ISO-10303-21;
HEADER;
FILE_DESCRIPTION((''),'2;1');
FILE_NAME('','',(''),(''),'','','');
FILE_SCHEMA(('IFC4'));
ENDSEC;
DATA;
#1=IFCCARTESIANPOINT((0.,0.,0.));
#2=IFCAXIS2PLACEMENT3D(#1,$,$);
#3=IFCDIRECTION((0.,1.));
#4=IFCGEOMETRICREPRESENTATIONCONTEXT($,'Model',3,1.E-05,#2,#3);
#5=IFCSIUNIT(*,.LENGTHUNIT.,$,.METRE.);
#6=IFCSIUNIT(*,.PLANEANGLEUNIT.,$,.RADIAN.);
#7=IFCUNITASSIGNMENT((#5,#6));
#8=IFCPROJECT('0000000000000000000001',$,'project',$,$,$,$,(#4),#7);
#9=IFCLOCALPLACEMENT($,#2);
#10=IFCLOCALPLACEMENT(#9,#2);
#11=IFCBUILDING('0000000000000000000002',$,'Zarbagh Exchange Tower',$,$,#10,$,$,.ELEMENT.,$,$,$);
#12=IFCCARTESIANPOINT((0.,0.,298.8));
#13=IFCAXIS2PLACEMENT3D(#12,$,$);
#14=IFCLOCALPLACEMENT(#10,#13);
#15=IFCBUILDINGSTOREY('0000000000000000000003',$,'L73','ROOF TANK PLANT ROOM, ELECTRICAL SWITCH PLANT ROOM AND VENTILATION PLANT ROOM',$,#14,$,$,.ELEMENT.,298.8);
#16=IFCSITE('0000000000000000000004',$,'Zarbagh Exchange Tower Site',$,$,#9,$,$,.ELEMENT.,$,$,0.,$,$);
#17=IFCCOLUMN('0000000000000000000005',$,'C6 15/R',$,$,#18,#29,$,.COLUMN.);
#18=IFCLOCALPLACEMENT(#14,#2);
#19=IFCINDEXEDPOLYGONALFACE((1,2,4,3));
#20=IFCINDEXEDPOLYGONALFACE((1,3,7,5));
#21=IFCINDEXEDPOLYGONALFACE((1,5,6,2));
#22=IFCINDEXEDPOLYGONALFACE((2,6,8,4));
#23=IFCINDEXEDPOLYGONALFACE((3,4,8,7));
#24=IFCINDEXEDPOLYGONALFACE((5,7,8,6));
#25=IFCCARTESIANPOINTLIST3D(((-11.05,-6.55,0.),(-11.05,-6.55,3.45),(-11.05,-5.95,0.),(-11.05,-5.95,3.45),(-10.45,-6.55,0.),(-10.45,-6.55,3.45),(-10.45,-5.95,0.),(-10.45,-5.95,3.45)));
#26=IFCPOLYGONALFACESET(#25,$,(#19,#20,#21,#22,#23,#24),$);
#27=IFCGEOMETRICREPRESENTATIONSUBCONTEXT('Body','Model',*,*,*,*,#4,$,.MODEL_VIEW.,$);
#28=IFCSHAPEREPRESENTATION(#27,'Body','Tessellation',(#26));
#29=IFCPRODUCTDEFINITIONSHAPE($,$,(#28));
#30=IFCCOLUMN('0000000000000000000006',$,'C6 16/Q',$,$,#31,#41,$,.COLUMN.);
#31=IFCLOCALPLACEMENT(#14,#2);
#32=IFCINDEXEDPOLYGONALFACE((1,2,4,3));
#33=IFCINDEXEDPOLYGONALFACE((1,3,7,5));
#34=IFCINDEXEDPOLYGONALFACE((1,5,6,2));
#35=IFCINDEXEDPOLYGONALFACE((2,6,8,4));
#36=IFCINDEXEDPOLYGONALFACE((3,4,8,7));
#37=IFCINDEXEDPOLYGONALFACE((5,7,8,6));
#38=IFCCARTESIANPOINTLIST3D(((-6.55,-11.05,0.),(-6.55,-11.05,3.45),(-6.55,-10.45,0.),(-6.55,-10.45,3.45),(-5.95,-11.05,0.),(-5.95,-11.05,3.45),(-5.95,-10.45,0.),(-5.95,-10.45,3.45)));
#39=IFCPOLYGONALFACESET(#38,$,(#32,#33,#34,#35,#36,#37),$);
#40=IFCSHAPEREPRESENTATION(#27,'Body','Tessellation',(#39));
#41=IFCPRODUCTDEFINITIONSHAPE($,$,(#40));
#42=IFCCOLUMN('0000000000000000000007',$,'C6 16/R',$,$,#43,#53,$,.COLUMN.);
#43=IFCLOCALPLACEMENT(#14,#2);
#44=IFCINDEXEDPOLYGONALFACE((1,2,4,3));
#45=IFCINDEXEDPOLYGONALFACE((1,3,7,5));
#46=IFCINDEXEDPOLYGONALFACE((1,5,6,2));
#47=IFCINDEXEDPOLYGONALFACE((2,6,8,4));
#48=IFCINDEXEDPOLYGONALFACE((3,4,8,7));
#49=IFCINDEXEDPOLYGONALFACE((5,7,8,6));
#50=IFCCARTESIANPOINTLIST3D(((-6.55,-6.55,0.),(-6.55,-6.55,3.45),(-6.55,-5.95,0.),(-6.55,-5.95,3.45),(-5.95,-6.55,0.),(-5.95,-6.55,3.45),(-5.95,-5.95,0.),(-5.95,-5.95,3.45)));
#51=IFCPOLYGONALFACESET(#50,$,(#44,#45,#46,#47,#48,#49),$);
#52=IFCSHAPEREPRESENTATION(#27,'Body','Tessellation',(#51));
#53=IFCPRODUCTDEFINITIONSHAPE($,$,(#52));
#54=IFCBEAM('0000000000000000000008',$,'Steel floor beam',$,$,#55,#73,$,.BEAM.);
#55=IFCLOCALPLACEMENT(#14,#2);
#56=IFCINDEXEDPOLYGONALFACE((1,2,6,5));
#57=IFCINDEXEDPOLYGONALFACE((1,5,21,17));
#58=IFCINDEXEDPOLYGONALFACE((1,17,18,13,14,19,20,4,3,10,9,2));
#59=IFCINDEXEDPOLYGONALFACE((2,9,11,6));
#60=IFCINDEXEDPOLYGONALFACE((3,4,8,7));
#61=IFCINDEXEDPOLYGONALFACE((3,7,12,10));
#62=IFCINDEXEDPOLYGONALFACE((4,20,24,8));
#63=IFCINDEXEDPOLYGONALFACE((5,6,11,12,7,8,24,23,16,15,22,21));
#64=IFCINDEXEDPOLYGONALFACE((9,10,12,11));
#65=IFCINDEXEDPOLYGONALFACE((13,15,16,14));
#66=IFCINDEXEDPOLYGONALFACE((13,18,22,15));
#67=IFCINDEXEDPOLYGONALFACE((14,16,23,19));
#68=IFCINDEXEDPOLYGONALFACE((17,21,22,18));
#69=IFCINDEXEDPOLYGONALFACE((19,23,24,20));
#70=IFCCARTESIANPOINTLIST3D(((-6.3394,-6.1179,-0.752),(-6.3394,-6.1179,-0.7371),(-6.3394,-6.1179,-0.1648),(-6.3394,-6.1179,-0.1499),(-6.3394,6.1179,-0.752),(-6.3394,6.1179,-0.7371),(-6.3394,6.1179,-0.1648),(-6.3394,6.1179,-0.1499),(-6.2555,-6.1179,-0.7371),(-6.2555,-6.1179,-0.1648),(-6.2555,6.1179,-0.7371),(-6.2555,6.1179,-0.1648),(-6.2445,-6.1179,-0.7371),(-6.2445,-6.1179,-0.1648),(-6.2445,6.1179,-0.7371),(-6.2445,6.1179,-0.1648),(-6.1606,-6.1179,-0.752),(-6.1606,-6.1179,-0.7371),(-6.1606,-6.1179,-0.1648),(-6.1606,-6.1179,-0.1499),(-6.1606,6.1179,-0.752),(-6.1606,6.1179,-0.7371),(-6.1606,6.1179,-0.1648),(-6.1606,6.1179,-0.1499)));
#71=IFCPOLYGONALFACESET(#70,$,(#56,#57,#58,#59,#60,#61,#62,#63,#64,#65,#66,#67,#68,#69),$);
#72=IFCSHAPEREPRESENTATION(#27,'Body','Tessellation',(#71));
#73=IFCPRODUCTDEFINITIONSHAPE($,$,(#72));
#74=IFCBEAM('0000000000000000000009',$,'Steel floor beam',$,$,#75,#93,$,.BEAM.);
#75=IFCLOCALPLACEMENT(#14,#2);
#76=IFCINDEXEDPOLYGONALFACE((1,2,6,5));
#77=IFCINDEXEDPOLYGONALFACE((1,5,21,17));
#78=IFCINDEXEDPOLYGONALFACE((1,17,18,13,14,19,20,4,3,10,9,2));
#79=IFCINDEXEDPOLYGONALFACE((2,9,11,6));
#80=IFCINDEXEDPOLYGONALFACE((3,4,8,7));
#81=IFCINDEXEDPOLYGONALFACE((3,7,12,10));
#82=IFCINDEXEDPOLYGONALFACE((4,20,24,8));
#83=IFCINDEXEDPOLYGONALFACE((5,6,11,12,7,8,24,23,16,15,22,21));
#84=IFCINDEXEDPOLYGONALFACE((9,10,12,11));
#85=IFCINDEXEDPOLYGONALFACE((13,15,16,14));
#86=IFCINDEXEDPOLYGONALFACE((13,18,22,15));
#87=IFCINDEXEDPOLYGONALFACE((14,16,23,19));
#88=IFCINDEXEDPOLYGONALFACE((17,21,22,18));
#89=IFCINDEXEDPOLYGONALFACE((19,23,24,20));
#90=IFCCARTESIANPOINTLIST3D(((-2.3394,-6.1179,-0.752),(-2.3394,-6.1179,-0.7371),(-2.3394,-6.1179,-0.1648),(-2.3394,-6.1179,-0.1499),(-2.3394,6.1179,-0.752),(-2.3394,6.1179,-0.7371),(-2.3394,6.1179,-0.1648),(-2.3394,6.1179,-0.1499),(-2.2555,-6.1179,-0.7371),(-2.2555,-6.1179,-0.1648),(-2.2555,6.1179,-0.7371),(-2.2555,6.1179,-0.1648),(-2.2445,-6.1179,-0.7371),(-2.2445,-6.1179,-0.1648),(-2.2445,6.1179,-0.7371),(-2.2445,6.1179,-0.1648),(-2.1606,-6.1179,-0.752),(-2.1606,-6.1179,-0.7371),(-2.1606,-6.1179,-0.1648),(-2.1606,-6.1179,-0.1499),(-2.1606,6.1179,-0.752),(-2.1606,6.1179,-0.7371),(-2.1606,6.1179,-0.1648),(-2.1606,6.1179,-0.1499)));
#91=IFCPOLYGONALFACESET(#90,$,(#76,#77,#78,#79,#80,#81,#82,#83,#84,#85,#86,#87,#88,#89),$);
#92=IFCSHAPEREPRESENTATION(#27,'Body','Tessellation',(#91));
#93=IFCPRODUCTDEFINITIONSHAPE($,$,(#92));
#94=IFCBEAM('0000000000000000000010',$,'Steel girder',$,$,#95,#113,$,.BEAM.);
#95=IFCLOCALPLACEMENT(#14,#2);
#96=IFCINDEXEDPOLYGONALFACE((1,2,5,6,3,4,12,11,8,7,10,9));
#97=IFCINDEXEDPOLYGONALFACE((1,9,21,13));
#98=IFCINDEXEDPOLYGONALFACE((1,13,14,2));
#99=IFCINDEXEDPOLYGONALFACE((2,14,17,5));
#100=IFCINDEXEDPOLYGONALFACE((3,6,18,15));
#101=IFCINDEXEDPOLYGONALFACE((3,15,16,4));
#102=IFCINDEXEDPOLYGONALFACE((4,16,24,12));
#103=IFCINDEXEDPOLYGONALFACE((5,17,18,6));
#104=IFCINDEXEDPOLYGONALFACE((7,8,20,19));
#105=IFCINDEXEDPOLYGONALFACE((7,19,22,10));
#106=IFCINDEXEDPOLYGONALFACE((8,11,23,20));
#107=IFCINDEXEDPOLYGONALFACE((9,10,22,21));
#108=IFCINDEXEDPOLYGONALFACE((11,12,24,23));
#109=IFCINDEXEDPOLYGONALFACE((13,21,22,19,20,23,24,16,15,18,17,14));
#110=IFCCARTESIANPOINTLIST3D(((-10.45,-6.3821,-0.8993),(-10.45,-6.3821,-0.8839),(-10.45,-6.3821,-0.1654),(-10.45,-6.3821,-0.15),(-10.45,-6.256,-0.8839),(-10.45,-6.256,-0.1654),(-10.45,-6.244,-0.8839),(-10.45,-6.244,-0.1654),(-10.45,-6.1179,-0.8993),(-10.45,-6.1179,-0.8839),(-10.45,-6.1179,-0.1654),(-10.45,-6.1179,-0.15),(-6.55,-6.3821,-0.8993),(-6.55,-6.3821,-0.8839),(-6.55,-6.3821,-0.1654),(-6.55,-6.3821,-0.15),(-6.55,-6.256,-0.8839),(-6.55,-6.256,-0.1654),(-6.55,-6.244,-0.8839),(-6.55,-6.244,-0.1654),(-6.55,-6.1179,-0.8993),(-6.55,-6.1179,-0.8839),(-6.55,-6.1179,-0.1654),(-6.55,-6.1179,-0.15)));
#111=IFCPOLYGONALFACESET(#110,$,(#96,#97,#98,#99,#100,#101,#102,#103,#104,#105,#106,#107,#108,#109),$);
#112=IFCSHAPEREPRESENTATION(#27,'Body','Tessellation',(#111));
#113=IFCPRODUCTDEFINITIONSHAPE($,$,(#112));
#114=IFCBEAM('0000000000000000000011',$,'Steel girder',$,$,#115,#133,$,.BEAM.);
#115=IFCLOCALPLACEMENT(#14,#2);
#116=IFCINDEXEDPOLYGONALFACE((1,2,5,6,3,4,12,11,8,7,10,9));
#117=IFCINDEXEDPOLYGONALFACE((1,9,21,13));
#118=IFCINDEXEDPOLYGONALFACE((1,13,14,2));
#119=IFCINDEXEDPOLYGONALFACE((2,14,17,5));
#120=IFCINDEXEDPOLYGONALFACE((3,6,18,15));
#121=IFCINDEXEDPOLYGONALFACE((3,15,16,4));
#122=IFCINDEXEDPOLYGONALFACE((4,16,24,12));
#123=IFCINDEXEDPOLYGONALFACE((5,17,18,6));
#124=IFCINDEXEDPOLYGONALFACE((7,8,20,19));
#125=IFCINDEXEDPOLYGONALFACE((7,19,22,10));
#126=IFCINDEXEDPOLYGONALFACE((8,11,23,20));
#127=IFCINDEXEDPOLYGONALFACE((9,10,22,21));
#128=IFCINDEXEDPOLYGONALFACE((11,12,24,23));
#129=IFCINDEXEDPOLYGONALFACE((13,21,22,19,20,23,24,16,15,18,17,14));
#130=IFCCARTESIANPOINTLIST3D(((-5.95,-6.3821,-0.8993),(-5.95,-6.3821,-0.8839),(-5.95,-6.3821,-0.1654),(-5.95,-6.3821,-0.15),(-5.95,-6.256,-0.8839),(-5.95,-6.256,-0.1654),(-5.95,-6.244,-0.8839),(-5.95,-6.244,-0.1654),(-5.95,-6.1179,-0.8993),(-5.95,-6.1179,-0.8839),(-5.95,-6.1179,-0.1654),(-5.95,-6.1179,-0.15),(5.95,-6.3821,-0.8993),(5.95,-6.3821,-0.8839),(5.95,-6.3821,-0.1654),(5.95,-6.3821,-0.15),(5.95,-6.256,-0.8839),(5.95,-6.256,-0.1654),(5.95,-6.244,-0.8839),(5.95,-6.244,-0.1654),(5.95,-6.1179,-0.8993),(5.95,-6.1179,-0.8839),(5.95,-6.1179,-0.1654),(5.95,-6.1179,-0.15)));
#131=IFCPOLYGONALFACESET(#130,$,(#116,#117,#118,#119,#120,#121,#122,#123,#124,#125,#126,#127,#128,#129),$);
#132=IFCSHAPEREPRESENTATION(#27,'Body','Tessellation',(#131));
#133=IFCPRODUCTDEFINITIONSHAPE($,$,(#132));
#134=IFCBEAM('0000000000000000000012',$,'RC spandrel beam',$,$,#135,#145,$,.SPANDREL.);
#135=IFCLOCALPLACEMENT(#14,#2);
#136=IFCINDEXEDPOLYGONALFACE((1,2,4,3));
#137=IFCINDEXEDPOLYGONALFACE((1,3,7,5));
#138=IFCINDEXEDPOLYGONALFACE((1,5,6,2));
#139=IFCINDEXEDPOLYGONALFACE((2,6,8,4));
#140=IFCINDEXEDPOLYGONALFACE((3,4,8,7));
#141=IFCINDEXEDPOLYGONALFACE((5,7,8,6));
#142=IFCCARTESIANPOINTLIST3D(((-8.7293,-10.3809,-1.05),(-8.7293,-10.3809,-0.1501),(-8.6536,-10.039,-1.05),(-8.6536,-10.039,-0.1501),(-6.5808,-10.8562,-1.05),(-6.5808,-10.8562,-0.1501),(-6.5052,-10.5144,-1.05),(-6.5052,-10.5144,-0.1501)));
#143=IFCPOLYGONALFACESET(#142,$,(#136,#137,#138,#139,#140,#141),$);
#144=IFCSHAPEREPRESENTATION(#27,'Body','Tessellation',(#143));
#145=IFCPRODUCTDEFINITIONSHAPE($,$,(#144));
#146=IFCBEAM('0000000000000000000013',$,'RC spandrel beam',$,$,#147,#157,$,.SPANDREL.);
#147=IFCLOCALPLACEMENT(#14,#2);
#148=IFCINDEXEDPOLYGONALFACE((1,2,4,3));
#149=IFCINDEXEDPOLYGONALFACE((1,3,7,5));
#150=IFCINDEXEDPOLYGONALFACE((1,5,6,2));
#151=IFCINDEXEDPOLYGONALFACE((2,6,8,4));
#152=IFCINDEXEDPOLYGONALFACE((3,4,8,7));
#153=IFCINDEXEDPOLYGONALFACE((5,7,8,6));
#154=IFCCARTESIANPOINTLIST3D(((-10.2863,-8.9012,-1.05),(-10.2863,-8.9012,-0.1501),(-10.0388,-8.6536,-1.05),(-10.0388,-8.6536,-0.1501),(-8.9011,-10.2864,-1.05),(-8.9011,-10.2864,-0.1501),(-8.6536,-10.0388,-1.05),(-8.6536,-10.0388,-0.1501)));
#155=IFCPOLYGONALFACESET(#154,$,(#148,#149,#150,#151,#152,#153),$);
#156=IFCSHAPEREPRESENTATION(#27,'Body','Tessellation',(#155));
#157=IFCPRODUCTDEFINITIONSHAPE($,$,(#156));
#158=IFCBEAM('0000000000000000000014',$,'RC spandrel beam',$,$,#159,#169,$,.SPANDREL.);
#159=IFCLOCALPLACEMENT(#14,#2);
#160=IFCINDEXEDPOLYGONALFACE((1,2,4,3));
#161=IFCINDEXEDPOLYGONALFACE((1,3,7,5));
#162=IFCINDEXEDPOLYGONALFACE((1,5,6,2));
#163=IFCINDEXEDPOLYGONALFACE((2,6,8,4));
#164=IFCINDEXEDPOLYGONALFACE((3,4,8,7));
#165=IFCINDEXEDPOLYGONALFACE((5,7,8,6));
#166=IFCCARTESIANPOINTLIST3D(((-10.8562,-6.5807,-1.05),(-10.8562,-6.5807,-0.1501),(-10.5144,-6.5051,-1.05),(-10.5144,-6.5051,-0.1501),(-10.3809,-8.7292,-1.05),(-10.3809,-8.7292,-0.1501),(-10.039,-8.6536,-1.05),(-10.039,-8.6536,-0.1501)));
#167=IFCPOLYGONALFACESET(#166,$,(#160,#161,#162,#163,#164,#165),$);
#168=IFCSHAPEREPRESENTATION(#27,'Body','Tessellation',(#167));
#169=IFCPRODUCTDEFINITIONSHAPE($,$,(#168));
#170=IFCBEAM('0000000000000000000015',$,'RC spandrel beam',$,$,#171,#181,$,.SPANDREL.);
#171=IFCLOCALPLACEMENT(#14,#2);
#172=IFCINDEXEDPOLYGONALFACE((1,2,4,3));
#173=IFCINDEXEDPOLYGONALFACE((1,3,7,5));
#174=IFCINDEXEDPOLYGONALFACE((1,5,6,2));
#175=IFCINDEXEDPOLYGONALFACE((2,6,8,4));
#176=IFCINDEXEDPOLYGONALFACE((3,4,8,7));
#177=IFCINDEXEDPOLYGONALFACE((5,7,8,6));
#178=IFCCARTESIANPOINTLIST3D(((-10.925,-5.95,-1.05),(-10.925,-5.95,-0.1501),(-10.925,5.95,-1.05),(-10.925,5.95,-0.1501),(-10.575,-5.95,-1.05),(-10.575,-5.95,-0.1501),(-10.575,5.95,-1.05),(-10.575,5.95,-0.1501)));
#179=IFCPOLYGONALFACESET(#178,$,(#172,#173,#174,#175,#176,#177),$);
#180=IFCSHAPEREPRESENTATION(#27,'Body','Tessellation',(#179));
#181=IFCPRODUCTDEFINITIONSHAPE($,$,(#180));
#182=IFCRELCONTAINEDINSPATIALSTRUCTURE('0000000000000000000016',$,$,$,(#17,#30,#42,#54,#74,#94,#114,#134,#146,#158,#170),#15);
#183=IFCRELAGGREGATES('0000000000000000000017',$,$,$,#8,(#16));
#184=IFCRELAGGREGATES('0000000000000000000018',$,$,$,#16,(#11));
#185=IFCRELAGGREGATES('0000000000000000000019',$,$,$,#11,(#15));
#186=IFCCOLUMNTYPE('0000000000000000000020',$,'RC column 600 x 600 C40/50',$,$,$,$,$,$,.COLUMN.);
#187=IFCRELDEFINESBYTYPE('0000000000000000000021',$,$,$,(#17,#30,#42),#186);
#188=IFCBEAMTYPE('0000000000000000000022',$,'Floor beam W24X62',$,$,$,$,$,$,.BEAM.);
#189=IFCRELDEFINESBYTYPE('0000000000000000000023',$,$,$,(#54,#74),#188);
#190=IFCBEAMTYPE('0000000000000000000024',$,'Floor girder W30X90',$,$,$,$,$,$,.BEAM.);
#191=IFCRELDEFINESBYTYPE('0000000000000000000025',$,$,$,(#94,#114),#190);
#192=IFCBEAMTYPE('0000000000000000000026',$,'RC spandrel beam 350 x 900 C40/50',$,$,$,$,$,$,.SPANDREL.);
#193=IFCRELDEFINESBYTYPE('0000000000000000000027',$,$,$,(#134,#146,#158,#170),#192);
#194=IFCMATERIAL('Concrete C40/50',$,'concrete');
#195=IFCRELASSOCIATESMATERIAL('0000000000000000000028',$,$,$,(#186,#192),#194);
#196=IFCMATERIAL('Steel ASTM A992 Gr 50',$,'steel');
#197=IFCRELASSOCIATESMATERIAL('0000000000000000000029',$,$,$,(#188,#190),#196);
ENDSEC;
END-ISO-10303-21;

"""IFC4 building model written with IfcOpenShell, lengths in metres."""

from ifc_helpers import new_model, si_unit, direction, frame, origin, origin_2d, place, context, subcontext, project, spatial, rectangle, i_section, extrude, material, material_profile, profile_set, type_object, element, save


model = new_model("IFC4")

# Units and contexts
model_context = context("Model", 3, precision=1e-05, world=origin(), true_north=direction((0.0, 1.0)))
body_context = subcontext(model_context, "Body", "Model", "MODEL_VIEW")
ifc_project = project(units=[si_unit("LENGTHUNIT", "METRE"), si_unit("PLANEANGLEUNIT", "RADIAN")], contexts=[model_context])

# Site, building, storey
site_placement = place(None, origin())
site = spatial("IfcSite", under=ifc_project, at=site_placement, Name="Zarbagh Exchange Tower Site", CompositionType="ELEMENT", RefElevation=0.0)
building_placement = place(site_placement, origin())
building = spatial("IfcBuilding", under=site, at=building_placement, Name="Zarbagh Exchange Tower", CompositionType="ELEMENT")
storey_placement = place(building_placement, frame((0.0, 0.0, 298.8)))
storey = spatial("IfcBuildingStorey", under=building, at=storey_placement, Name="L73", Description="ROOF TANK PLANT ROOM, ELECTRICAL SWITCH PLANT ROOM AND VENTILATION PLANT ROOM", CompositionType="ELEMENT", Elevation=298.8)

# Columns
ifc_material_1 = material(Name="Concrete C40/50", Category="concrete")
ifc_material_profile_1 = material_profile(ifc_material_1, rectangle(XDim=0.6001, YDim=0.6001, at=origin_2d()), Name="RC column 600 x 600 C40/50")
ifc_profile_set_1 = profile_set([ifc_material_profile_1], Name="Concrete C40/50")
column_type = type_object("IfcColumnType", Name="RC column 600 x 600 C40/50", PredefinedType="COLUMN", material=ifc_profile_set_1)
for number, where, z_axis, x_axis, name in (
    (1, (-10.75, -6.25, 0.0), (0.0, 0.0, 1.0), (1.0, 0.0, 0.0), "C6 15/R"),
    (2, (-6.25, -10.75, 0.0), (0.0, 0.0, 1.0), (1.0, 0.0, 0.0), "C6 16/Q"),
    (3, (-6.25, -6.25, 0.0), (0.0, 0.0, 1.0), (1.0, 0.0, 0.0), "C6 16/R"),
):
    element("IfcColumn", number, at=place(storey_placement, frame(where, z_axis=z_axis, x_axis=x_axis)), inside=storey, type_object=column_type, Name=name, PredefinedType="COLUMN", context=body_context, shape_type="SweptSolid", body=[
        extrude(rectangle(XDim=0.6001, YDim=0.6001, at=origin_2d()), origin(), (0.0, 0.0, 1.0), 3.45),
    ])

# Beams
ifc_material_2 = material(Name="Steel ASTM A992 Gr 50", Category="steel")
ifc_material_profile_2 = material_profile(ifc_material_2, i_section(OverallWidth=0.1787, OverallDepth=0.6021, WebThickness=0.011, FlangeThickness=0.0149, at=origin_2d()), Name="W24X62")
ifc_profile_set_2 = profile_set([ifc_material_profile_2], Name="Steel ASTM A992 Gr 50")
beam_type_1 = type_object("IfcBeamType", Name="Floor beam W24X62", PredefinedType="BEAM", material=ifc_profile_set_2)
for number, where, z_axis, x_axis, name in (
    (4, (-6.25, -6.1179, -0.4509), (0.0, 1.0, 0.0), (-1.0, 0.0, 0.0), "Steel floor beam"),
    (5, (-2.25, -6.1179, -0.4509), (0.0, 1.0, 0.0), (-1.0, 0.0, 0.0), "Steel floor beam"),
):
    element("IfcBeam", number, at=place(storey_placement, frame(where, z_axis=z_axis, x_axis=x_axis)), inside=storey, type_object=beam_type_1, Name=name, PredefinedType="BEAM", context=body_context, shape_type="SweptSolid", body=[
        extrude(i_section(OverallWidth=0.1787, OverallDepth=0.6021, WebThickness=0.011, FlangeThickness=0.0149, at=origin_2d()), origin(), (0.0, 0.0, 1.0), 12.2358),
    ])
ifc_material_profile_3 = material_profile(ifc_material_2, i_section(OverallWidth=0.2642, OverallDepth=0.7493, WebThickness=0.012, FlangeThickness=0.0154, at=origin_2d()), Name="W30X90")
ifc_profile_set_3 = profile_set([ifc_material_profile_3], Name="Steel ASTM A992 Gr 50")
beam_type_2 = type_object("IfcBeamType", Name="Floor girder W30X90", PredefinedType="BEAM", material=ifc_profile_set_3)
beam_1_placement = place(storey_placement, frame((-10.45, -6.25, -0.5247), z_axis=(1.0, 0.0, 0.0), x_axis=(0.0, 1.0, 0.0)))
element("IfcBeam", 6, at=beam_1_placement, inside=storey, type_object=beam_type_2, Name="Steel girder", PredefinedType="BEAM", context=body_context, shape_type="SweptSolid", body=[
    extrude(i_section(OverallWidth=0.2642, OverallDepth=0.7493, WebThickness=0.012, FlangeThickness=0.0154, at=origin_2d()), origin(), (0.0, 0.0, 1.0), 3.8999),
])
beam_2_placement = place(storey_placement, frame((-5.95, -6.25, -0.5247), z_axis=(1.0, 0.0, 0.0), x_axis=(0.0, 1.0, 0.0)))
element("IfcBeam", 7, at=beam_2_placement, inside=storey, type_object=beam_type_2, Name="Steel girder", PredefinedType="BEAM", context=body_context, shape_type="SweptSolid", body=[
    extrude(i_section(OverallWidth=0.2642, OverallDepth=0.7493, WebThickness=0.012, FlangeThickness=0.0154, at=origin_2d()), origin(), (0.0, 0.0, 1.0), 11.8999),
])
ifc_material_profile_4 = material_profile(ifc_material_1, rectangle(XDim=0.3501, YDim=0.8999, at=origin_2d()), Name="RC spandrel beam 350 x 900 C40/50")
ifc_profile_set_4 = profile_set([ifc_material_profile_4], Name="Concrete C40/50")
beam_type_3 = type_object("IfcBeamType", Name="RC spandrel beam 350 x 900 C40/50", PredefinedType="SPANDREL", material=ifc_profile_set_4)
beam_3_placement = place(storey_placement, frame((-6.543, -10.6853, -0.6001), z_axis=(-0.976388, 0.216026, 0.0), x_axis=(-0.216026, -0.976388, 0.0)))
element("IfcBeam", 8, at=beam_3_placement, inside=storey, type_object=beam_type_3, Name="RC spandrel beam", PredefinedType="SPANDREL", context=body_context, shape_type="SweptSolid", body=[
    extrude(rectangle(XDim=0.3501, YDim=0.8999, at=origin_2d()), origin(), (0.0, 0.0, 1.0), 2.2004),
])
beam_4_placement = place(storey_placement, frame((-8.7773, -10.1626, -0.6001), z_axis=(-0.707107, 0.707107, 0.0), x_axis=(-0.707107, -0.707107, 0.0)))
element("IfcBeam", 9, at=beam_4_placement, inside=storey, type_object=beam_type_3, Name="RC spandrel beam", PredefinedType="SPANDREL", context=body_context, shape_type="SweptSolid", body=[
    extrude(rectangle(XDim=0.3501, YDim=0.8999, at=origin_2d()), origin(), (0.0, 0.0, 1.0), 1.959),
])
beam_5_placement = place(storey_placement, frame((-10.21, -8.6914, -0.6001), z_axis=(-0.216026, 0.976388, 0.0), x_axis=(-0.976388, -0.216026, 0.0)))
element("IfcBeam", 10, at=beam_5_placement, inside=storey, type_object=beam_type_3, Name="RC spandrel beam", PredefinedType="SPANDREL", context=body_context, shape_type="SweptSolid", body=[
    extrude(rectangle(XDim=0.3501, YDim=0.8999, at=origin_2d()), origin(), (0.0, 0.0, 1.0), 2.2004),
])
beam_6_placement = place(storey_placement, frame((-10.75, -5.95, -0.6001), z_axis=(0.0, 1.0, 0.0), x_axis=(-1.0, 0.0, 0.0)))
element("IfcBeam", 11, at=beam_6_placement, inside=storey, type_object=beam_type_3, Name="RC spandrel beam", PredefinedType="SPANDREL", context=body_context, shape_type="SweptSolid", body=[
    extrude(rectangle(XDim=0.3501, YDim=0.8999, at=origin_2d()), origin(), (0.0, 0.0, 1.0), 11.8999),
])

save(model, "model.ifc")
